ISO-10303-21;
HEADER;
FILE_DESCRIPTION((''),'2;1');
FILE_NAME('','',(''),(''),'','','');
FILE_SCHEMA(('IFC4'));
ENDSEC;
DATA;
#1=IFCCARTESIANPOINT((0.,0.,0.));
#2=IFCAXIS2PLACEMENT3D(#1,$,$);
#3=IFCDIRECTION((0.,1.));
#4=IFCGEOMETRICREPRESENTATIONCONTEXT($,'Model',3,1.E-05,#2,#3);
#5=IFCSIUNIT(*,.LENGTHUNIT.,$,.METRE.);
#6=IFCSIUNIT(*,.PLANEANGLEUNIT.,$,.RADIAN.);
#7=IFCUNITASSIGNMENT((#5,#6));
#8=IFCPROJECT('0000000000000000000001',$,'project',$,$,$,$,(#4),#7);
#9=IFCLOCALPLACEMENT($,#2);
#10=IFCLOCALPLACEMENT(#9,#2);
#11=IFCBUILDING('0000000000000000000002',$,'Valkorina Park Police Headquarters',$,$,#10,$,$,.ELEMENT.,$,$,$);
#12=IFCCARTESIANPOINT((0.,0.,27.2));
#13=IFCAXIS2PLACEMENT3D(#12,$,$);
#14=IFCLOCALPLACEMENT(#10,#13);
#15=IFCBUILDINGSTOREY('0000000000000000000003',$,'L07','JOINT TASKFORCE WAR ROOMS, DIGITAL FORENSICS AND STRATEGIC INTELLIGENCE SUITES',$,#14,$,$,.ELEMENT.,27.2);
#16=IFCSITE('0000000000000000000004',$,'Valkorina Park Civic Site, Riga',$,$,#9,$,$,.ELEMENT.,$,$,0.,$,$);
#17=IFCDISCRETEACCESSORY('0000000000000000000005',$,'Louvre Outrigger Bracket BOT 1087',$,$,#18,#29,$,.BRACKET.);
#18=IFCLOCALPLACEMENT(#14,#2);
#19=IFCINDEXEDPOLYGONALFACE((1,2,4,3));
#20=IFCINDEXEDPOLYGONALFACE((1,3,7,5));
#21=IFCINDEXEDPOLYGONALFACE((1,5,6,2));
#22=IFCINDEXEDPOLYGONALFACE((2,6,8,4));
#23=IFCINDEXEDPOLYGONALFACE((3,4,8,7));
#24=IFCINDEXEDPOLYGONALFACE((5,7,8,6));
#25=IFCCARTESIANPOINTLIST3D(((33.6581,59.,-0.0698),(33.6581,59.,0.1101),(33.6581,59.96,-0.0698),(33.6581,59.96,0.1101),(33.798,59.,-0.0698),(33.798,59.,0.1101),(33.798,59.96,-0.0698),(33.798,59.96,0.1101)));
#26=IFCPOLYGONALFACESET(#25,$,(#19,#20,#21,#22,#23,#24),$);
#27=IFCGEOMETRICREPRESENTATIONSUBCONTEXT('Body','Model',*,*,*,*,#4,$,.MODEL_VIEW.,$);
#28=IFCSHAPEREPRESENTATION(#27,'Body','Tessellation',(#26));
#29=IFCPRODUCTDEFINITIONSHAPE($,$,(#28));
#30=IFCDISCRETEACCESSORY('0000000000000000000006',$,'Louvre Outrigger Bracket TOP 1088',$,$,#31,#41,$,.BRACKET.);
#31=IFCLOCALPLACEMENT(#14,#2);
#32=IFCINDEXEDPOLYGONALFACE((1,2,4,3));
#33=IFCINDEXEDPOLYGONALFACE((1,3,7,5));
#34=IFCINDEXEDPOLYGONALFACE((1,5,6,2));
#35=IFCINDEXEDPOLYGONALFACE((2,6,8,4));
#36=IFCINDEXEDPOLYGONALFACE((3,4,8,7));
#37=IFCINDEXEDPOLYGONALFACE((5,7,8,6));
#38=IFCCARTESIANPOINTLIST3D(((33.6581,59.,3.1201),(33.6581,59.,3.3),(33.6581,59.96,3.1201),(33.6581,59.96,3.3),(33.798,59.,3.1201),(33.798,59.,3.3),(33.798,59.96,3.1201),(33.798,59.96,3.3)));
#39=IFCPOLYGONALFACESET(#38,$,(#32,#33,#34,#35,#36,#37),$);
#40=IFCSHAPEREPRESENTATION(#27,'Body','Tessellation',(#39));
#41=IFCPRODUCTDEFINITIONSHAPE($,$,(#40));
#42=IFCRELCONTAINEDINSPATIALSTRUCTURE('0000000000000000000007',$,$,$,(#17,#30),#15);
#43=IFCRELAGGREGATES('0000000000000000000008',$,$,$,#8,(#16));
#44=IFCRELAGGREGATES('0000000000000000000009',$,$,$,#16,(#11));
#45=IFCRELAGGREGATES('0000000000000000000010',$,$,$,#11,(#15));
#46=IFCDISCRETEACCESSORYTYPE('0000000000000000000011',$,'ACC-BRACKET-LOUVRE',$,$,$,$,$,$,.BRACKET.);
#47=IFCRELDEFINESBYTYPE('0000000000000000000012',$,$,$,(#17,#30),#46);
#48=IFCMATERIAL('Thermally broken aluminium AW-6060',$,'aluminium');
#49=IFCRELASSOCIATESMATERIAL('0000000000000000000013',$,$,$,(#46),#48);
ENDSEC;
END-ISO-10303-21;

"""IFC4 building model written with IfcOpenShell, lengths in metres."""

from ifc_helpers import new_model, si_unit, direction, frame, origin, origin_2d, place, context, subcontext, project, spatial, rectangle, extrude, material, type_object, element, save


model = new_model("IFC4")

# Units and contexts
model_context = context("Model", 3, precision=1e-05, world=origin(), true_north=direction((0.0, 1.0)))
body_context = subcontext(model_context, "Body", "Model", "MODEL_VIEW")
ifc_project = project(units=[si_unit("LENGTHUNIT", "METRE"), si_unit("PLANEANGLEUNIT", "RADIAN")], contexts=[model_context])

# Site, building, storey
site_placement = place(None, origin())
site = spatial("IfcSite", under=ifc_project, at=site_placement, Name="Valkorina Park Civic Site, Riga", CompositionType="ELEMENT", RefElevation=0.0)
building_placement = place(site_placement, origin())
building = spatial("IfcBuilding", under=site, at=building_placement, Name="Valkorina Park Police Headquarters", CompositionType="ELEMENT")
storey_placement = place(building_placement, frame((0.0, 0.0, 27.2)))
storey = spatial("IfcBuildingStorey", under=building, at=storey_placement, Name="L07", Description="JOINT TASKFORCE WAR ROOMS, DIGITAL FORENSICS AND STRATEGIC INTELLIGENCE SUITES", CompositionType="ELEMENT", Elevation=27.2)

# Shared definitions
ifc_material_1 = material(Name="Thermally broken aluminium AW-6060", Category="aluminium")

# Discrete accessories
discrete_accessory_type = type_object("IfcDiscreteAccessoryType", Name="ACC-BRACKET-LOUVRE", PredefinedType="BRACKET", material=ifc_material_1)
for number, where, z_axis, x_axis, name in (
    (1, (33.728, 59.48, -0.0698), (0.0, 0.0, 1.0), (0.0, 1.0, 0.0), "Louvre Outrigger Bracket BOT 1087"),
    (2, (33.728, 59.48, 3.1201), (0.0, 0.0, 1.0), (0.0, 1.0, 0.0), "Louvre Outrigger Bracket TOP 1088"),
):
    element("IfcDiscreteAccessory", number, at=place(storey_placement, frame(where, z_axis=z_axis, x_axis=x_axis)), inside=storey, type_object=discrete_accessory_type, Name=name, PredefinedType="BRACKET", context=body_context, shape_type="SweptSolid", body=[
        extrude(rectangle(XDim=0.96, YDim=0.1399, at=origin_2d()), origin(), (0.0, 0.0, 1.0), 0.1799),
    ])

save(model, "model.ifc")
